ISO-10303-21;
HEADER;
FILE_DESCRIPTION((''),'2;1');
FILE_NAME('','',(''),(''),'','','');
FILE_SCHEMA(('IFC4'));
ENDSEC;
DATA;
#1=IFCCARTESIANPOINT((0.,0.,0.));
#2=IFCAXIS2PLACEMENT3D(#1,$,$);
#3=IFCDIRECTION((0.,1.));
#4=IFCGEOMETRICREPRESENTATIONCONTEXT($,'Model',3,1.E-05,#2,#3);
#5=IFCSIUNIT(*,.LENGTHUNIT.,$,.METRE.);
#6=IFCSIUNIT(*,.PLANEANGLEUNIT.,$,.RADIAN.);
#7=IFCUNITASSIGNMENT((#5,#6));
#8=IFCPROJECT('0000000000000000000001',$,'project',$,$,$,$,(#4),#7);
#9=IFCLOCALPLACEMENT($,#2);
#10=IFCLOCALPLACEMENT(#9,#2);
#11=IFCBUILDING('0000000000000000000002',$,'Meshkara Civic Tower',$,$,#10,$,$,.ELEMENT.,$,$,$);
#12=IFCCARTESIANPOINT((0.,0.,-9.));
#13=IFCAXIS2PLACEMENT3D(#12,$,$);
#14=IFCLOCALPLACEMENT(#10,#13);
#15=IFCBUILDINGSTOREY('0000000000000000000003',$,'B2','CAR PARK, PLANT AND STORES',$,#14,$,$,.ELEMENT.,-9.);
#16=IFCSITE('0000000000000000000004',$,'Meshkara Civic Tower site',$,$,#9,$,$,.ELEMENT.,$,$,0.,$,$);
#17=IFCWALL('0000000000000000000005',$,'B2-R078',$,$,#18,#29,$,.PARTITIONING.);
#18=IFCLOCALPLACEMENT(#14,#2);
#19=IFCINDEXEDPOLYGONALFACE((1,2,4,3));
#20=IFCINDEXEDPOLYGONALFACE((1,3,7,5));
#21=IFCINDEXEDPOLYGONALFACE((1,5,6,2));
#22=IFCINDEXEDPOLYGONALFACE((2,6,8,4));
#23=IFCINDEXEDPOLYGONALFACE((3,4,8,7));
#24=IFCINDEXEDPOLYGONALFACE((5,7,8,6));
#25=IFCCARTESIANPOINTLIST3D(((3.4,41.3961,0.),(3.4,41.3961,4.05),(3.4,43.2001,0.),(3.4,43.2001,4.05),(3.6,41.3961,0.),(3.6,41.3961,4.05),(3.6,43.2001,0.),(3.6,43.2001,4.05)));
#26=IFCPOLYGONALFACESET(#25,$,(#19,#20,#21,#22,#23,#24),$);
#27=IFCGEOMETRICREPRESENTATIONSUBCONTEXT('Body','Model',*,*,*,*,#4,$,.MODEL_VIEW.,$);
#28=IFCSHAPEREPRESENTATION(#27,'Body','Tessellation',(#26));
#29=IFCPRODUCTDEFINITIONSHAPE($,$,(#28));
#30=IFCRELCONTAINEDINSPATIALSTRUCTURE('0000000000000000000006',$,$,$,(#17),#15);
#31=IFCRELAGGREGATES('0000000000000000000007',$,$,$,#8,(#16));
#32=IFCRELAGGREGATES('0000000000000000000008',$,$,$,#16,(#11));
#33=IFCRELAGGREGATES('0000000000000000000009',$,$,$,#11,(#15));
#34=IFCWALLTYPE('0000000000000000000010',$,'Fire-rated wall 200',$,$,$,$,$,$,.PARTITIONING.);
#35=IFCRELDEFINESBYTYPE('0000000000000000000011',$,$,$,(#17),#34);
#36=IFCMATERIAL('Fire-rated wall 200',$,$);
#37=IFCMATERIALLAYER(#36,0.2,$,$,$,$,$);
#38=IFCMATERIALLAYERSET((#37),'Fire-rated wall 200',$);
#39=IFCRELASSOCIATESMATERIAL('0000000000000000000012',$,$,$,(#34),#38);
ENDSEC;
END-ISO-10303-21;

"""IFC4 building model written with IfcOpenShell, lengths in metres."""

from ifc_helpers import new_model, si_unit, direction, frame, frame_2d, origin, place, context, subcontext, project, spatial, rectangle, extrude, material, layer, layer_set, type_object, element, save


model = new_model("IFC4")

# Units and contexts
model_context = context("Model", 3, precision=1e-05, world=origin(), true_north=direction((0.0, 1.0)))
body_context = subcontext(model_context, "Body", "Model", "MODEL_VIEW")
ifc_project = project(units=[si_unit("LENGTHUNIT", "METRE"), si_unit("PLANEANGLEUNIT", "RADIAN")], contexts=[model_context])

# Site, building, storey
site_placement = place(None, origin())
site = spatial("IfcSite", under=ifc_project, at=site_placement, Name="Meshkara Civic Tower site", CompositionType="ELEMENT", RefElevation=0.0)
building_placement = place(site_placement, origin())
building = spatial("IfcBuilding", under=site, at=building_placement, Name="Meshkara Civic Tower", CompositionType="ELEMENT")
storey_placement = place(building_placement, frame((0.0, 0.0, -9.0)))
storey = spatial("IfcBuildingStorey", under=building, at=storey_placement, Name="B2", Description="CAR PARK, PLANT AND STORES", CompositionType="ELEMENT", Elevation=-9.0)

# Shared definitions
ifc_material_1 = material(Name="Fire-rated wall 200")
ifc_layer = layer(ifc_material_1, 0.2)
ifc_layer_set = layer_set([ifc_layer], Name="Fire-rated wall 200")
wall_type = type_object("IfcWallType", Name="Fire-rated wall 200", PredefinedType="PARTITIONING", material=ifc_layer_set)

# Wall
wall_1_placement = place(storey_placement, frame((3.5, 43.2, 0.0), z_axis=(0.0, 0.0, 1.0), x_axis=(0.0, -1.0, 0.0)))
element("IfcWall", 1, at=wall_1_placement, inside=storey, type_object=wall_type, Name="B2-R078", PredefinedType="PARTITIONING", context=body_context, shape_type="SweptSolid", body=[
    extrude(rectangle(XDim=1.804, YDim=0.2, at=frame_2d((0.9019, 0.0))), origin(), (0.0, 0.0, 1.0), 4.05),
])

save(model, "model.ifc")
